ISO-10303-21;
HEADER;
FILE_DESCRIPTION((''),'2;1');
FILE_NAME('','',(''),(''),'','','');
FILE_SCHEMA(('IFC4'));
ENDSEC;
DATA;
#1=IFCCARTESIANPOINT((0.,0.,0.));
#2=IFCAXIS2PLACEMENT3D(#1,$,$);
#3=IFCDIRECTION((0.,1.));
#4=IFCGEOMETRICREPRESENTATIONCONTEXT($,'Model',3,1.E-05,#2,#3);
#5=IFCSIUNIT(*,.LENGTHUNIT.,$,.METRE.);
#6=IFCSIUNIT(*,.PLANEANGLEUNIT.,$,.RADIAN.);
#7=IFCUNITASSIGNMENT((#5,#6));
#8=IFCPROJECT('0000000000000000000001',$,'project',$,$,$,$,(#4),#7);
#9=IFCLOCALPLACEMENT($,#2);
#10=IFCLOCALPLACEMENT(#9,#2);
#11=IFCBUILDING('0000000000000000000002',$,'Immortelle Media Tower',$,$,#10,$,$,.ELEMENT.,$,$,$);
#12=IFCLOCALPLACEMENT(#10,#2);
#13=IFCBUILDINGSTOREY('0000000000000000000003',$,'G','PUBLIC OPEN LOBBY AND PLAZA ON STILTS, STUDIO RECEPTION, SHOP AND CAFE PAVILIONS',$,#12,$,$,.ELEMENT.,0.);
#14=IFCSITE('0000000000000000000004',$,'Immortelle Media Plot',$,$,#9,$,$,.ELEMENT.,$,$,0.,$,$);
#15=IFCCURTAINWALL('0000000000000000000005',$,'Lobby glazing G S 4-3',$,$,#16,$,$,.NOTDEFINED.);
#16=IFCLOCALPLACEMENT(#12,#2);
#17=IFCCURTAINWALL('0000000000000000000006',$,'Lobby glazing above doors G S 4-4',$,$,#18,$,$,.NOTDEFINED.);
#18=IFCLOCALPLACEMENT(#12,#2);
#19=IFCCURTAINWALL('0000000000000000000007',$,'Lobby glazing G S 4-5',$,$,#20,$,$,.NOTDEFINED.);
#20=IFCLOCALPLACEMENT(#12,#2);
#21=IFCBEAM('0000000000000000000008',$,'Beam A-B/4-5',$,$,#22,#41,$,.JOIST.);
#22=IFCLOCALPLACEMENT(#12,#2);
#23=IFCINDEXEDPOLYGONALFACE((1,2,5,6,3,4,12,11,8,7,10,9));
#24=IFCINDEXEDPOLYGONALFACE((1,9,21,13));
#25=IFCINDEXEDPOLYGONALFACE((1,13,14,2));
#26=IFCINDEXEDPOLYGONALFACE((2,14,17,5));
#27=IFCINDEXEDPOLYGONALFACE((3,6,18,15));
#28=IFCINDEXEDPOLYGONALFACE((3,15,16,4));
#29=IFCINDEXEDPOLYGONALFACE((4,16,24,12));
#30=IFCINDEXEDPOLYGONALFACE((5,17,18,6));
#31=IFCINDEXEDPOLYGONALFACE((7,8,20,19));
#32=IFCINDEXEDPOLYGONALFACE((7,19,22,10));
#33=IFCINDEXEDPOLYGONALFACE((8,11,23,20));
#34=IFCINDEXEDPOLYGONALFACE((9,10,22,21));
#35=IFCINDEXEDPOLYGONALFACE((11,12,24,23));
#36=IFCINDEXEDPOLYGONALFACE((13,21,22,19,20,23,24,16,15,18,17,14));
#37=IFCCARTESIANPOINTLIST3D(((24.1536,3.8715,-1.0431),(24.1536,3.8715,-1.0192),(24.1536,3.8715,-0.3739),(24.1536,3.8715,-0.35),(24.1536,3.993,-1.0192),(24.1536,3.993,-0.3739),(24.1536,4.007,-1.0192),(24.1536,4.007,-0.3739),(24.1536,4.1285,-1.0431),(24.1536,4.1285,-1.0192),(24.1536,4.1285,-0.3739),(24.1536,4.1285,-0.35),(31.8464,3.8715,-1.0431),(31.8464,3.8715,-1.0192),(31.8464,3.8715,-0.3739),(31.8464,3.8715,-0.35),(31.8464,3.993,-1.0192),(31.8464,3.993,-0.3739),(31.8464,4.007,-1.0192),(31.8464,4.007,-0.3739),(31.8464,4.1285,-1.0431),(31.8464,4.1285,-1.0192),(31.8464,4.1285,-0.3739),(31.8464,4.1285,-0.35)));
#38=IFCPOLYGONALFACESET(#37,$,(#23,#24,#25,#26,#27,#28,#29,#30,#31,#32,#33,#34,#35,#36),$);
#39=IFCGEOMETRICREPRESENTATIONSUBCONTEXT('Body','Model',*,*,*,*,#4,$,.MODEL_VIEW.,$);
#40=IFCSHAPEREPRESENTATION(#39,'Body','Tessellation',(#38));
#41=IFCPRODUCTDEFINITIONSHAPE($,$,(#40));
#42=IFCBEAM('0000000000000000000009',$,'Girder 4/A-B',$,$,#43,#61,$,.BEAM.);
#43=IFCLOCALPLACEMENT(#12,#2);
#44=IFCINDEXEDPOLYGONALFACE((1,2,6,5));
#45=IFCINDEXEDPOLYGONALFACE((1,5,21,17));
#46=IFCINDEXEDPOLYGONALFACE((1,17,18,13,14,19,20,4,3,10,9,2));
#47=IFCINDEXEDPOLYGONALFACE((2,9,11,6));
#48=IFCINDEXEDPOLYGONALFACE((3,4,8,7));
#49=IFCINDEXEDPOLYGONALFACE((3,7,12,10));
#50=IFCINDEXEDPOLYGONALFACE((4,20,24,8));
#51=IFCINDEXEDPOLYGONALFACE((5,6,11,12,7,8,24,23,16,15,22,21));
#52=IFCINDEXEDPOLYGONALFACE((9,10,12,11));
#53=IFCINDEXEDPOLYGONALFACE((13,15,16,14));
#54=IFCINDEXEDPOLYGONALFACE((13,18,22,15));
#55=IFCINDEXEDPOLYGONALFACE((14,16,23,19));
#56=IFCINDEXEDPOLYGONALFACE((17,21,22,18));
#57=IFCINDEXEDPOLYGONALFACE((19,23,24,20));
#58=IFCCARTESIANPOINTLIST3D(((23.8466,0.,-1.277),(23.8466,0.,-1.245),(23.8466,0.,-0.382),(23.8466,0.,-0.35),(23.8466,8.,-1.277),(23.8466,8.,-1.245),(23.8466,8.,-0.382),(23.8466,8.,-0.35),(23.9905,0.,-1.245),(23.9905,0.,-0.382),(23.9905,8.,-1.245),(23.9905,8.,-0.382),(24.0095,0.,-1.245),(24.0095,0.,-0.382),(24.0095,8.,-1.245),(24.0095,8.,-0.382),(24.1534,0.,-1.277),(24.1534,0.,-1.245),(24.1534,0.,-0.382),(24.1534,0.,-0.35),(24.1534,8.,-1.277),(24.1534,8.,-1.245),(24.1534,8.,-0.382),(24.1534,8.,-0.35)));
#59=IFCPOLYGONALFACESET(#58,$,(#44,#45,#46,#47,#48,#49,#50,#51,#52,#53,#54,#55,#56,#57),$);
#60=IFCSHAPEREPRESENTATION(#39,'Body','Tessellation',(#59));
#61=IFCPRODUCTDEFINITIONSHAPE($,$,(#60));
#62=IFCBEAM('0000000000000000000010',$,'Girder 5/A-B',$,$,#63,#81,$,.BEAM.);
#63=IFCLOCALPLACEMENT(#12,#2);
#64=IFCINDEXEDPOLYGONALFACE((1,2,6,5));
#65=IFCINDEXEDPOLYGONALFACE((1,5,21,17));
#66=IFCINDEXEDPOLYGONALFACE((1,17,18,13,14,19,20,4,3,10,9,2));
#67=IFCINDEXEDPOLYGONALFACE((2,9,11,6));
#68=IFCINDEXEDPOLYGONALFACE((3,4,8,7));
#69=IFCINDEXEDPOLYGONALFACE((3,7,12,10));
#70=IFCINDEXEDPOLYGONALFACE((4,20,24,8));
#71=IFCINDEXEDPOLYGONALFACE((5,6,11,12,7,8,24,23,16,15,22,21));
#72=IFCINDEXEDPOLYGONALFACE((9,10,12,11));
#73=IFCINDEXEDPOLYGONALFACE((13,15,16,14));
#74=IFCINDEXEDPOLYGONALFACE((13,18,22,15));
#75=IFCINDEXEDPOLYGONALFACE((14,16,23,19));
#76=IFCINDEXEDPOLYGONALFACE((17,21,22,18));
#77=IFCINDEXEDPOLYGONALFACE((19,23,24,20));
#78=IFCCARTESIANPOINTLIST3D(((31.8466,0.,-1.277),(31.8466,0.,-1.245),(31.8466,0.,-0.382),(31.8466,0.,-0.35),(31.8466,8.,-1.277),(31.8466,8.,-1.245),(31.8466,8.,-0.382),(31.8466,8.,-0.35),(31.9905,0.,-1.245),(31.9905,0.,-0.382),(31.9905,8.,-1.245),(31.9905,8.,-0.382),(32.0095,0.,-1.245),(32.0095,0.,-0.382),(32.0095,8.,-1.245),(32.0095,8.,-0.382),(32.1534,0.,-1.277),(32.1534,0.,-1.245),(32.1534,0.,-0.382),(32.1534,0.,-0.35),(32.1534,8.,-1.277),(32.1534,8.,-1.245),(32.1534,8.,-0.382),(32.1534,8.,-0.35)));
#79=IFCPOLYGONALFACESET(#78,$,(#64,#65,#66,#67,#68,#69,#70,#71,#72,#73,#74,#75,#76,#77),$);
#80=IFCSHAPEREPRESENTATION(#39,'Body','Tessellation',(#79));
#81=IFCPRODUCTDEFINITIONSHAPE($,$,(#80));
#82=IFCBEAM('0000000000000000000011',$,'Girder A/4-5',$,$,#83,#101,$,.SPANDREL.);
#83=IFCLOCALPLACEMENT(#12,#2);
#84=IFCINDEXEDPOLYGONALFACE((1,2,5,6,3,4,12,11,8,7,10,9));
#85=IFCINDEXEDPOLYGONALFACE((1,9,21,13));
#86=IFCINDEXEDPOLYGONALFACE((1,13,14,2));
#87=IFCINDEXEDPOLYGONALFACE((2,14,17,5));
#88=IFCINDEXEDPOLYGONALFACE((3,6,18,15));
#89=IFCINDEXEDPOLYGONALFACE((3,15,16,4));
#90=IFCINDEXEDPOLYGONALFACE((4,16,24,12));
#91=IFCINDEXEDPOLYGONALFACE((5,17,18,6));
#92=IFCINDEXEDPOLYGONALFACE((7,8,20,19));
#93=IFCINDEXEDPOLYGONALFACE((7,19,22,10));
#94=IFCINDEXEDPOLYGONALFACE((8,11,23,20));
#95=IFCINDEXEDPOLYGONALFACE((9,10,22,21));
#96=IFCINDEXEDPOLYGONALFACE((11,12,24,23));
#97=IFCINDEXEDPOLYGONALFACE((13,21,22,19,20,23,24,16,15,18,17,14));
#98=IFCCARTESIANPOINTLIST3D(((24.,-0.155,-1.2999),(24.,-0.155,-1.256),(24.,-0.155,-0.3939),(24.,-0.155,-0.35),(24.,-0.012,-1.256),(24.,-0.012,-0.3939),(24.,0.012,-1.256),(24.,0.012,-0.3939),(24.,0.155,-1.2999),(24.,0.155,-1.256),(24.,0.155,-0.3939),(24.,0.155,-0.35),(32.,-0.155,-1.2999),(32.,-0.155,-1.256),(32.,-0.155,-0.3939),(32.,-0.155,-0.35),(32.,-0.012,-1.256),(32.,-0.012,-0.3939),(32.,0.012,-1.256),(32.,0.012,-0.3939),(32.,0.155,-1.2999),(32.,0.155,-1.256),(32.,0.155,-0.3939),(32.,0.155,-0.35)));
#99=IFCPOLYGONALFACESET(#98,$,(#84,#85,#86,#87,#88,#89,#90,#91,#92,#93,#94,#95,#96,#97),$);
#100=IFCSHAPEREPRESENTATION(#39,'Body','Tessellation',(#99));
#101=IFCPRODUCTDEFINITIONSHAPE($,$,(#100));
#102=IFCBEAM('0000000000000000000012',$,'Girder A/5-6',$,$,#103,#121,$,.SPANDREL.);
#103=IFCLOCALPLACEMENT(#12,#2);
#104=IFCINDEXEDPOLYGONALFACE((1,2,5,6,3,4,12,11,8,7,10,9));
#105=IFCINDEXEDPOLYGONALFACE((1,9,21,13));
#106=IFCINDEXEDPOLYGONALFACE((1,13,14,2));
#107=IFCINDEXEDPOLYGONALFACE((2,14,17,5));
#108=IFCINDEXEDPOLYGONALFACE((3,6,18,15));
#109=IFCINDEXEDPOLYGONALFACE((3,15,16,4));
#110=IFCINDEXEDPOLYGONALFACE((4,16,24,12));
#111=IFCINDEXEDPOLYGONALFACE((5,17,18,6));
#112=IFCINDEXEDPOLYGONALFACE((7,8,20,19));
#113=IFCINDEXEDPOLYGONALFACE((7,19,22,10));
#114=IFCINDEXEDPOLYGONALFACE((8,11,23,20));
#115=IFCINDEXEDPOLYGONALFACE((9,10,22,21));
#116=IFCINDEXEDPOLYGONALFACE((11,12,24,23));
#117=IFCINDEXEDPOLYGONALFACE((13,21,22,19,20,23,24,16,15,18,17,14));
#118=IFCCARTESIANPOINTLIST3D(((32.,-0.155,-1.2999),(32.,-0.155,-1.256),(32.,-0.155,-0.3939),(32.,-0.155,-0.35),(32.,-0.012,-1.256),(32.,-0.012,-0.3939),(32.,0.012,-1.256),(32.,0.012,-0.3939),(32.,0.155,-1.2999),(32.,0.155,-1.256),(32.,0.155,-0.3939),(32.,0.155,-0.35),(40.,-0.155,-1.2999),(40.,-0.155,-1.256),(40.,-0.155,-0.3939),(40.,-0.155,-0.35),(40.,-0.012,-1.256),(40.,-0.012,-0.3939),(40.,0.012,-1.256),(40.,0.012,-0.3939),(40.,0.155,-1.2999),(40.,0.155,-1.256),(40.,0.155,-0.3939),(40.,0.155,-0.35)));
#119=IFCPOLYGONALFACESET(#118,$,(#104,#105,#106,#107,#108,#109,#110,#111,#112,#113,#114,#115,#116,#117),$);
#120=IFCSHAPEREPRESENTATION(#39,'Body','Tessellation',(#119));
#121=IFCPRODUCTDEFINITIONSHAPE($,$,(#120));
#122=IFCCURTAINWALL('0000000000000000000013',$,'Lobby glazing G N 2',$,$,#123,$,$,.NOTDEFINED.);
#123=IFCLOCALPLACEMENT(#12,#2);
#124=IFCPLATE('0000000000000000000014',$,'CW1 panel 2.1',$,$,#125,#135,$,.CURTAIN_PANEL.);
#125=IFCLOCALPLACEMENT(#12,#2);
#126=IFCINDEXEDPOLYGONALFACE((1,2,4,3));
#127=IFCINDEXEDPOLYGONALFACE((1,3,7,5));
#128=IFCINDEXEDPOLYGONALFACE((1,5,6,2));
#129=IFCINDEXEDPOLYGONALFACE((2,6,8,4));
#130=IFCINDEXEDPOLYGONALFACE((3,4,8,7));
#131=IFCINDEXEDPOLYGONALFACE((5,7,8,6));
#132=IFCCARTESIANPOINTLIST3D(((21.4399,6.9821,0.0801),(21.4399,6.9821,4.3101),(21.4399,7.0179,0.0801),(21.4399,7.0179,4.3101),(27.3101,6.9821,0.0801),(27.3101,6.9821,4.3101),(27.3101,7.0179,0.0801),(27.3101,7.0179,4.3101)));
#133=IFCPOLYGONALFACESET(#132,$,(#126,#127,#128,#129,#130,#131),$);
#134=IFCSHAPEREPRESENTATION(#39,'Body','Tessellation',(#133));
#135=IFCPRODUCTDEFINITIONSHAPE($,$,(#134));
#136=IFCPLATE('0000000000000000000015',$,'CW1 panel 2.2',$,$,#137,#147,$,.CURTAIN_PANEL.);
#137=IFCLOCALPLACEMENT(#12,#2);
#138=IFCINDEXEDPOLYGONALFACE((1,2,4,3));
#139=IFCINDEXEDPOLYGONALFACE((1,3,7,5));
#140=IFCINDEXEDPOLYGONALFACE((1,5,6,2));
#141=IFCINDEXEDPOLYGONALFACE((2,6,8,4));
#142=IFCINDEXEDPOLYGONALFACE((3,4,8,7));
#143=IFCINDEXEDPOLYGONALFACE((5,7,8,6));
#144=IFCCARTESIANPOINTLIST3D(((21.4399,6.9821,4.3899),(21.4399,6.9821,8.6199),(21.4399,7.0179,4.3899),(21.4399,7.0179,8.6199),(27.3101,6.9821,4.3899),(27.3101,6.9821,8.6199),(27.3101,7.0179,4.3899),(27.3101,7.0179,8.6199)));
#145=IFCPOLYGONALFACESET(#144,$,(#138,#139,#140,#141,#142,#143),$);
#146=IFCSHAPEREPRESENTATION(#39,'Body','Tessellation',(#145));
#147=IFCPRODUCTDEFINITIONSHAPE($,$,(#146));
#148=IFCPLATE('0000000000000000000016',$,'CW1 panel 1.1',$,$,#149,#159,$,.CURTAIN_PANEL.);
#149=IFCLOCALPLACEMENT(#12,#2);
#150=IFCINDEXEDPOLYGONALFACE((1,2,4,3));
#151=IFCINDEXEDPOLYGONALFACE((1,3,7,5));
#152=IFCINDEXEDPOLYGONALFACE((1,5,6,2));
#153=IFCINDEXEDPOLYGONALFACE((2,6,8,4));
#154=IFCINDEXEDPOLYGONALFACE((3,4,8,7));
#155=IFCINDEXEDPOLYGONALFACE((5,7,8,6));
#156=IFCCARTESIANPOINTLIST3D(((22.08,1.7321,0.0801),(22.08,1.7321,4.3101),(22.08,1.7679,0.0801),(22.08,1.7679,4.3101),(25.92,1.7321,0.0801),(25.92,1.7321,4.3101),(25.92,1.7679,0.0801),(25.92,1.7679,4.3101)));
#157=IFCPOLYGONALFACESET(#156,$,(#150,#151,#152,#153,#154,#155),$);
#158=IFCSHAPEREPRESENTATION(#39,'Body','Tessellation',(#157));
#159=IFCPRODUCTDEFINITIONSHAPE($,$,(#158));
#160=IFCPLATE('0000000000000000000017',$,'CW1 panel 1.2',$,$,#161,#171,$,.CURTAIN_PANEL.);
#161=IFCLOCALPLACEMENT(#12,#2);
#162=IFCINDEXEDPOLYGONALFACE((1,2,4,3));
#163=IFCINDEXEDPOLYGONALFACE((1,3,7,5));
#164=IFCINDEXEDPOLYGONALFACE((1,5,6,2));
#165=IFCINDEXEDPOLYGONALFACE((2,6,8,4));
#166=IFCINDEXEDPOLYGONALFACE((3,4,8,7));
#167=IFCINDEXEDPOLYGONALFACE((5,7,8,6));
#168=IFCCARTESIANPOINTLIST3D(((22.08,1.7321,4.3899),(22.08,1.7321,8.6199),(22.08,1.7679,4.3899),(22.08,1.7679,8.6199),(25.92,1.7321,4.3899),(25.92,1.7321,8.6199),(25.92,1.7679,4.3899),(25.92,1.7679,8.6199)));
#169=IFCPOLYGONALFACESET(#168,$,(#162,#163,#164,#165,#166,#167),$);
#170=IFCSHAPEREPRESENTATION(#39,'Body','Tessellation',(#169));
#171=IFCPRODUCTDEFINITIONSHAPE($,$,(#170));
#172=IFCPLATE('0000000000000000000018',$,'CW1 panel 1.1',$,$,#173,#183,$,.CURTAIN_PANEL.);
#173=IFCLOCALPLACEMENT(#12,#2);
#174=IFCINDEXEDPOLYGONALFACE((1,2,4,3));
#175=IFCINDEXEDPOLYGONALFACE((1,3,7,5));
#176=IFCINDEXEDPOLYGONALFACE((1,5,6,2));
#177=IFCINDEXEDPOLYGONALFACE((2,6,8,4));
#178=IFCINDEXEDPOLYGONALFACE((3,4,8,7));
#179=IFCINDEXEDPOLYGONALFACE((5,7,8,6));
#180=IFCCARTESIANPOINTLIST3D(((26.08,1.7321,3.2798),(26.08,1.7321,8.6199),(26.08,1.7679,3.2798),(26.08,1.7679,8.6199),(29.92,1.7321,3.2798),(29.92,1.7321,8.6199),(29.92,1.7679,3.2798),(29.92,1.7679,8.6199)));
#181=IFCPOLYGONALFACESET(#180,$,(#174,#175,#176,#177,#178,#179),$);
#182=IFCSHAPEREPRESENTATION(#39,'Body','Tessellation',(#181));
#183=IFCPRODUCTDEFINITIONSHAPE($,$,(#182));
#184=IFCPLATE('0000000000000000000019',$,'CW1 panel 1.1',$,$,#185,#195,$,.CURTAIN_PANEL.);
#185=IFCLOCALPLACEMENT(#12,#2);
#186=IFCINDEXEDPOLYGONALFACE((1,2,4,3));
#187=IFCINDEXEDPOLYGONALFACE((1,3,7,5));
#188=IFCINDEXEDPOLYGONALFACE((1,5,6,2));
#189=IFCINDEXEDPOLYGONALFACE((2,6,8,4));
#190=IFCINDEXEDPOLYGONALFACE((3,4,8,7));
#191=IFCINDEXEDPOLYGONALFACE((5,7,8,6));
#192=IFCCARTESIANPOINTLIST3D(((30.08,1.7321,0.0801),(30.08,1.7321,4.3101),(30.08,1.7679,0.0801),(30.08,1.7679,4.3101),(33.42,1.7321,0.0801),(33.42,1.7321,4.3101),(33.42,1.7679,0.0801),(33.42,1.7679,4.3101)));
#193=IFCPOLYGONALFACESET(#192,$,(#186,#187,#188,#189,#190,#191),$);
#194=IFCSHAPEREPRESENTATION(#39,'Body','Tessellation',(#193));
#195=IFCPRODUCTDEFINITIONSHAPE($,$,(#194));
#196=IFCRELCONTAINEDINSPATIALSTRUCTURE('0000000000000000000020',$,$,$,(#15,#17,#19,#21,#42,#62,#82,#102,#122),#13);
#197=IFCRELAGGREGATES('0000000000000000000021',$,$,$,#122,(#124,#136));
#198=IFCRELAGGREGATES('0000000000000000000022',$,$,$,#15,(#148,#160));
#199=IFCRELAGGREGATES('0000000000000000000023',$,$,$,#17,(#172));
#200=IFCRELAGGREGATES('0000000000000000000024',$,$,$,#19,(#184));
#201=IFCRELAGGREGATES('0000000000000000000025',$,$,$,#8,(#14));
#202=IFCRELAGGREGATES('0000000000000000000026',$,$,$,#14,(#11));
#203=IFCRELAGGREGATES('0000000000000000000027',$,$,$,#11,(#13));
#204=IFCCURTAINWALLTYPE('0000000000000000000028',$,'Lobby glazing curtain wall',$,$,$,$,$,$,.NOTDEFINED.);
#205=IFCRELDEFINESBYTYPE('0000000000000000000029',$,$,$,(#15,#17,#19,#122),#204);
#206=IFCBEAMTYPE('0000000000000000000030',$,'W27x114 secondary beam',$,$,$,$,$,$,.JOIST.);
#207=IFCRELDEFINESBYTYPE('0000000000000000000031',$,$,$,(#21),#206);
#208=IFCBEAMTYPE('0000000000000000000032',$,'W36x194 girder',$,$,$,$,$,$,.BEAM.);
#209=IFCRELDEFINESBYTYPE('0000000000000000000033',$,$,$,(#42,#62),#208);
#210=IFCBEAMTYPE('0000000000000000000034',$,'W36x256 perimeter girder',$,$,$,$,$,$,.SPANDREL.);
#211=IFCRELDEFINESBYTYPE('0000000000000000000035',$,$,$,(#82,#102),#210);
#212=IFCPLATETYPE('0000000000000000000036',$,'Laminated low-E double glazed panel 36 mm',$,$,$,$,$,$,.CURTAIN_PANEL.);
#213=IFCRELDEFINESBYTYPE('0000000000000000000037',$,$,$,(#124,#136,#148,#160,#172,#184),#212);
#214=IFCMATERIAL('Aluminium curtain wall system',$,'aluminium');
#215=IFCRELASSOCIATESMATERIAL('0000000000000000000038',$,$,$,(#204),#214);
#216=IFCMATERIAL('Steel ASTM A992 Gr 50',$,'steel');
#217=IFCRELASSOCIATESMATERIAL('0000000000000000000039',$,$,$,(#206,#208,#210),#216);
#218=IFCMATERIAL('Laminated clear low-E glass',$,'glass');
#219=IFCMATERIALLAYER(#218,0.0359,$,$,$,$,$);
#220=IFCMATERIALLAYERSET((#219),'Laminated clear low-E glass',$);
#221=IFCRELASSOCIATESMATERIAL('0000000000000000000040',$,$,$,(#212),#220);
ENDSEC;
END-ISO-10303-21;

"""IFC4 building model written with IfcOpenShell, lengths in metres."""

from ifc_helpers import new_model, si_unit, direction, frame, origin, origin_2d, place, context, subcontext, project, spatial, rectangle, i_section, extrude, material, layer, layer_set, material_profile, profile_set, type_object, element, aggregate, save


model = new_model("IFC4")

# Units and contexts
model_context = context("Model", 3, precision=1e-05, world=origin(), true_north=direction((0.0, 1.0)))
body_context = subcontext(model_context, "Body", "Model", "MODEL_VIEW")
ifc_project = project(units=[si_unit("LENGTHUNIT", "METRE"), si_unit("PLANEANGLEUNIT", "RADIAN")], contexts=[model_context])

# Site, building, storey
site_placement = place(None, origin())
site = spatial("IfcSite", under=ifc_project, at=site_placement, Name="Immortelle Media Plot", CompositionType="ELEMENT", RefElevation=0.0)
building_placement = place(site_placement, origin())
building = spatial("IfcBuilding", under=site, at=building_placement, Name="Immortelle Media Tower", CompositionType="ELEMENT")
storey_placement = place(building_placement, origin())
storey = spatial("IfcBuildingStorey", under=building, at=storey_placement, Name="G", Description="PUBLIC OPEN LOBBY AND PLAZA ON STILTS, STUDIO RECEPTION, SHOP AND CAFE PAVILIONS", CompositionType="ELEMENT", Elevation=0.0)

# Curtain wall
ifc_material_1 = material(Name="Aluminium curtain wall system", Category="aluminium")
curtain_wall_type = type_object("IfcCurtainWallType", Name="Lobby glazing curtain wall", PredefinedType="NOTDEFINED", material=ifc_material_1)
curtain_wall_1_placement = place(storey_placement, origin())
curtain_wall_1 = element("IfcCurtainWall", 1, at=curtain_wall_1_placement, inside=storey, type_object=curtain_wall_type, Name="Lobby glazing G S 4-3", PredefinedType="NOTDEFINED")

# Curtain wall
curtain_wall_2_placement = place(storey_placement, origin())
curtain_wall_2 = element("IfcCurtainWall", 2, at=curtain_wall_2_placement, inside=storey, type_object=curtain_wall_type, Name="Lobby glazing above doors G S 4-4", PredefinedType="NOTDEFINED")

# Curtain wall
curtain_wall_3_placement = place(storey_placement, origin())
curtain_wall_3 = element("IfcCurtainWall", 3, at=curtain_wall_3_placement, inside=storey, type_object=curtain_wall_type, Name="Lobby glazing G S 4-5", PredefinedType="NOTDEFINED")

# Beams
ifc_material_2 = material(Name="Steel ASTM A992 Gr 50", Category="steel")
ifc_material_profile_1 = material_profile(ifc_material_2, i_section(OverallWidth=0.2571, OverallDepth=0.6931, WebThickness=0.0139, FlangeThickness=0.0239, at=origin_2d()), Name="W27x114")
ifc_profile_set_1 = profile_set([ifc_material_profile_1], Name="Steel ASTM A992 Gr 50")
beam_type_1 = type_object("IfcBeamType", Name="W27x114 secondary beam", PredefinedType="JOIST", material=ifc_profile_set_1)
beam_placement = place(storey_placement, frame((24.1536, 4.0, -0.6965), z_axis=(1.0, 0.0, 0.0), x_axis=(0.0, 1.0, 0.0)))
element("IfcBeam", 4, at=beam_placement, inside=storey, type_object=beam_type_1, Name="Beam A-B/4-5", PredefinedType="JOIST", context=body_context, shape_type="SweptSolid", body=[
    extrude(i_section(OverallWidth=0.2571, OverallDepth=0.6931, WebThickness=0.0139, FlangeThickness=0.0239, at=origin_2d()), origin(), (0.0, 0.0, 1.0), 7.6929),
])
ifc_material_profile_2 = material_profile(ifc_material_2, i_section(OverallWidth=0.3069, OverallDepth=0.927, WebThickness=0.019, FlangeThickness=0.032, at=origin_2d()), Name="W36x194")
ifc_profile_set_2 = profile_set([ifc_material_profile_2], Name="Steel ASTM A992 Gr 50")
beam_type_2 = type_object("IfcBeamType", Name="W36x194 girder", PredefinedType="BEAM", material=ifc_profile_set_2)
for number, where, z_axis, x_axis, name in (
    (5, (24.0, 0.0, -0.8135), (0.0, 1.0, 0.0), (-1.0, 0.0, 0.0), "Girder 4/A-B"),
    (6, (32.0, 0.0, -0.8135), (0.0, 1.0, 0.0), (-1.0, 0.0, 0.0), "Girder 5/A-B"),
):
    element("IfcBeam", number, at=place(storey_placement, frame(where, z_axis=z_axis, x_axis=x_axis)), inside=storey, type_object=beam_type_2, Name=name, PredefinedType="BEAM", context=body_context, shape_type="SweptSolid", body=[
        extrude(i_section(OverallWidth=0.3069, OverallDepth=0.927, WebThickness=0.019, FlangeThickness=0.032, at=origin_2d()), origin(), (0.0, 0.0, 1.0), 8.0),
    ])
ifc_material_profile_3 = material_profile(ifc_material_2, i_section(OverallWidth=0.3101, OverallDepth=0.95, WebThickness=0.0239, FlangeThickness=0.0439, at=origin_2d()), Name="W36x256")
ifc_profile_set_3 = profile_set([ifc_material_profile_3], Name="Steel ASTM A992 Gr 50")
beam_type_3 = type_object("IfcBeamType", Name="W36x256 perimeter girder", PredefinedType="SPANDREL", material=ifc_profile_set_3)
for number, where, z_axis, x_axis, name in (
    (7, (24.0, 0.0, -0.825), (1.0, 0.0, 0.0), (0.0, 1.0, 0.0), "Girder A/4-5"),
    (8, (32.0, 0.0, -0.825), (1.0, 0.0, 0.0), (0.0, 1.0, 0.0), "Girder A/5-6"),
):
    element("IfcBeam", number, at=place(storey_placement, frame(where, z_axis=z_axis, x_axis=x_axis)), inside=storey, type_object=beam_type_3, Name=name, PredefinedType="SPANDREL", context=body_context, shape_type="SweptSolid", body=[
        extrude(i_section(OverallWidth=0.3101, OverallDepth=0.95, WebThickness=0.0239, FlangeThickness=0.0439, at=origin_2d()), origin(), (0.0, 0.0, 1.0), 8.0),
    ])

# Curtain wall, plates
curtain_wall_4_placement = place(storey_placement, origin())
curtain_wall_4 = element("IfcCurtainWall", 9, at=curtain_wall_4_placement, inside=storey, type_object=curtain_wall_type, Name="Lobby glazing G N 2", PredefinedType="NOTDEFINED")
ifc_material_3 = material(Name="Laminated clear low-E glass", Category="glass")
ifc_layer_1 = layer(ifc_material_3, 0.0359)
ifc_layer_set_1 = layer_set([ifc_layer_1], Name="Laminated clear low-E glass")
plate_type = type_object("IfcPlateType", Name="Laminated low-E double glazed panel 36 mm", PredefinedType="CURTAIN_PANEL", material=ifc_layer_set_1)
plate_1_placement = place(storey_placement, frame((24.375, 7.0, 0.0801), z_axis=(0.0, 0.0, 1.0), x_axis=(-1.0, 0.0, 0.0)))
plate_1 = element("IfcPlate", 10, at=plate_1_placement, type_object=plate_type, Name="CW1 panel 2.1", PredefinedType="CURTAIN_PANEL", context=body_context, shape_type="SweptSolid", body=[
    extrude(rectangle(XDim=5.8701, YDim=0.0359, at=origin_2d()), origin(), (0.0, 0.0, 1.0), 4.23),
])
plate_2_placement = place(storey_placement, frame((24.375, 7.0, 4.3899), z_axis=(0.0, 0.0, 1.0), x_axis=(-1.0, 0.0, 0.0)))
plate_2 = element("IfcPlate", 11, at=plate_2_placement, type_object=plate_type, Name="CW1 panel 2.2", PredefinedType="CURTAIN_PANEL", context=body_context, shape_type="SweptSolid", body=[
    extrude(rectangle(XDim=5.8701, YDim=0.0359, at=origin_2d()), origin(), (0.0, 0.0, 1.0), 4.23),
])
aggregate(curtain_wall_4, [plate_1, plate_2])

# Plates
plate_3_placement = place(storey_placement, frame((24.0, 1.75, 0.0801), z_axis=(0.0, 0.0, 1.0), x_axis=(1.0, 0.0, 0.0)))
plate_3 = element("IfcPlate", 12, at=plate_3_placement, type_object=plate_type, Name="CW1 panel 1.1", PredefinedType="CURTAIN_PANEL", context=body_context, shape_type="SweptSolid", body=[
    extrude(rectangle(XDim=3.8401, YDim=0.0359, at=origin_2d()), origin(), (0.0, 0.0, 1.0), 4.23),
])
plate_4_placement = place(storey_placement, frame((24.0, 1.75, 4.3899), z_axis=(0.0, 0.0, 1.0), x_axis=(1.0, 0.0, 0.0)))
plate_4 = element("IfcPlate", 13, at=plate_4_placement, type_object=plate_type, Name="CW1 panel 1.2", PredefinedType="CURTAIN_PANEL", context=body_context, shape_type="SweptSolid", body=[
    extrude(rectangle(XDim=3.8401, YDim=0.0359, at=origin_2d()), origin(), (0.0, 0.0, 1.0), 4.23),
])
aggregate(curtain_wall_1, [plate_3, plate_4])
plate_5_placement = place(storey_placement, frame((28.0, 1.75, 3.2798), z_axis=(0.0, 0.0, 1.0), x_axis=(1.0, 0.0, 0.0)))
plate_5 = element("IfcPlate", 14, at=plate_5_placement, type_object=plate_type, Name="CW1 panel 1.1", PredefinedType="CURTAIN_PANEL", context=body_context, shape_type="SweptSolid", body=[
    extrude(rectangle(XDim=3.8401, YDim=0.0359, at=origin_2d()), origin(), (0.0, 0.0, 1.0), 5.3401),
])
aggregate(curtain_wall_2, [plate_5])
plate_6_placement = place(storey_placement, frame((31.75, 1.75, 0.0801), z_axis=(0.0, 0.0, 1.0), x_axis=(1.0, 0.0, 0.0)))
plate_6 = element("IfcPlate", 15, at=plate_6_placement, type_object=plate_type, Name="CW1 panel 1.1", PredefinedType="CURTAIN_PANEL", context=body_context, shape_type="SweptSolid", body=[
    extrude(rectangle(XDim=3.3401, YDim=0.0359, at=origin_2d()), origin(), (0.0, 0.0, 1.0), 4.23),
])
aggregate(curtain_wall_3, [plate_6])

save(model, "model.ifc")
